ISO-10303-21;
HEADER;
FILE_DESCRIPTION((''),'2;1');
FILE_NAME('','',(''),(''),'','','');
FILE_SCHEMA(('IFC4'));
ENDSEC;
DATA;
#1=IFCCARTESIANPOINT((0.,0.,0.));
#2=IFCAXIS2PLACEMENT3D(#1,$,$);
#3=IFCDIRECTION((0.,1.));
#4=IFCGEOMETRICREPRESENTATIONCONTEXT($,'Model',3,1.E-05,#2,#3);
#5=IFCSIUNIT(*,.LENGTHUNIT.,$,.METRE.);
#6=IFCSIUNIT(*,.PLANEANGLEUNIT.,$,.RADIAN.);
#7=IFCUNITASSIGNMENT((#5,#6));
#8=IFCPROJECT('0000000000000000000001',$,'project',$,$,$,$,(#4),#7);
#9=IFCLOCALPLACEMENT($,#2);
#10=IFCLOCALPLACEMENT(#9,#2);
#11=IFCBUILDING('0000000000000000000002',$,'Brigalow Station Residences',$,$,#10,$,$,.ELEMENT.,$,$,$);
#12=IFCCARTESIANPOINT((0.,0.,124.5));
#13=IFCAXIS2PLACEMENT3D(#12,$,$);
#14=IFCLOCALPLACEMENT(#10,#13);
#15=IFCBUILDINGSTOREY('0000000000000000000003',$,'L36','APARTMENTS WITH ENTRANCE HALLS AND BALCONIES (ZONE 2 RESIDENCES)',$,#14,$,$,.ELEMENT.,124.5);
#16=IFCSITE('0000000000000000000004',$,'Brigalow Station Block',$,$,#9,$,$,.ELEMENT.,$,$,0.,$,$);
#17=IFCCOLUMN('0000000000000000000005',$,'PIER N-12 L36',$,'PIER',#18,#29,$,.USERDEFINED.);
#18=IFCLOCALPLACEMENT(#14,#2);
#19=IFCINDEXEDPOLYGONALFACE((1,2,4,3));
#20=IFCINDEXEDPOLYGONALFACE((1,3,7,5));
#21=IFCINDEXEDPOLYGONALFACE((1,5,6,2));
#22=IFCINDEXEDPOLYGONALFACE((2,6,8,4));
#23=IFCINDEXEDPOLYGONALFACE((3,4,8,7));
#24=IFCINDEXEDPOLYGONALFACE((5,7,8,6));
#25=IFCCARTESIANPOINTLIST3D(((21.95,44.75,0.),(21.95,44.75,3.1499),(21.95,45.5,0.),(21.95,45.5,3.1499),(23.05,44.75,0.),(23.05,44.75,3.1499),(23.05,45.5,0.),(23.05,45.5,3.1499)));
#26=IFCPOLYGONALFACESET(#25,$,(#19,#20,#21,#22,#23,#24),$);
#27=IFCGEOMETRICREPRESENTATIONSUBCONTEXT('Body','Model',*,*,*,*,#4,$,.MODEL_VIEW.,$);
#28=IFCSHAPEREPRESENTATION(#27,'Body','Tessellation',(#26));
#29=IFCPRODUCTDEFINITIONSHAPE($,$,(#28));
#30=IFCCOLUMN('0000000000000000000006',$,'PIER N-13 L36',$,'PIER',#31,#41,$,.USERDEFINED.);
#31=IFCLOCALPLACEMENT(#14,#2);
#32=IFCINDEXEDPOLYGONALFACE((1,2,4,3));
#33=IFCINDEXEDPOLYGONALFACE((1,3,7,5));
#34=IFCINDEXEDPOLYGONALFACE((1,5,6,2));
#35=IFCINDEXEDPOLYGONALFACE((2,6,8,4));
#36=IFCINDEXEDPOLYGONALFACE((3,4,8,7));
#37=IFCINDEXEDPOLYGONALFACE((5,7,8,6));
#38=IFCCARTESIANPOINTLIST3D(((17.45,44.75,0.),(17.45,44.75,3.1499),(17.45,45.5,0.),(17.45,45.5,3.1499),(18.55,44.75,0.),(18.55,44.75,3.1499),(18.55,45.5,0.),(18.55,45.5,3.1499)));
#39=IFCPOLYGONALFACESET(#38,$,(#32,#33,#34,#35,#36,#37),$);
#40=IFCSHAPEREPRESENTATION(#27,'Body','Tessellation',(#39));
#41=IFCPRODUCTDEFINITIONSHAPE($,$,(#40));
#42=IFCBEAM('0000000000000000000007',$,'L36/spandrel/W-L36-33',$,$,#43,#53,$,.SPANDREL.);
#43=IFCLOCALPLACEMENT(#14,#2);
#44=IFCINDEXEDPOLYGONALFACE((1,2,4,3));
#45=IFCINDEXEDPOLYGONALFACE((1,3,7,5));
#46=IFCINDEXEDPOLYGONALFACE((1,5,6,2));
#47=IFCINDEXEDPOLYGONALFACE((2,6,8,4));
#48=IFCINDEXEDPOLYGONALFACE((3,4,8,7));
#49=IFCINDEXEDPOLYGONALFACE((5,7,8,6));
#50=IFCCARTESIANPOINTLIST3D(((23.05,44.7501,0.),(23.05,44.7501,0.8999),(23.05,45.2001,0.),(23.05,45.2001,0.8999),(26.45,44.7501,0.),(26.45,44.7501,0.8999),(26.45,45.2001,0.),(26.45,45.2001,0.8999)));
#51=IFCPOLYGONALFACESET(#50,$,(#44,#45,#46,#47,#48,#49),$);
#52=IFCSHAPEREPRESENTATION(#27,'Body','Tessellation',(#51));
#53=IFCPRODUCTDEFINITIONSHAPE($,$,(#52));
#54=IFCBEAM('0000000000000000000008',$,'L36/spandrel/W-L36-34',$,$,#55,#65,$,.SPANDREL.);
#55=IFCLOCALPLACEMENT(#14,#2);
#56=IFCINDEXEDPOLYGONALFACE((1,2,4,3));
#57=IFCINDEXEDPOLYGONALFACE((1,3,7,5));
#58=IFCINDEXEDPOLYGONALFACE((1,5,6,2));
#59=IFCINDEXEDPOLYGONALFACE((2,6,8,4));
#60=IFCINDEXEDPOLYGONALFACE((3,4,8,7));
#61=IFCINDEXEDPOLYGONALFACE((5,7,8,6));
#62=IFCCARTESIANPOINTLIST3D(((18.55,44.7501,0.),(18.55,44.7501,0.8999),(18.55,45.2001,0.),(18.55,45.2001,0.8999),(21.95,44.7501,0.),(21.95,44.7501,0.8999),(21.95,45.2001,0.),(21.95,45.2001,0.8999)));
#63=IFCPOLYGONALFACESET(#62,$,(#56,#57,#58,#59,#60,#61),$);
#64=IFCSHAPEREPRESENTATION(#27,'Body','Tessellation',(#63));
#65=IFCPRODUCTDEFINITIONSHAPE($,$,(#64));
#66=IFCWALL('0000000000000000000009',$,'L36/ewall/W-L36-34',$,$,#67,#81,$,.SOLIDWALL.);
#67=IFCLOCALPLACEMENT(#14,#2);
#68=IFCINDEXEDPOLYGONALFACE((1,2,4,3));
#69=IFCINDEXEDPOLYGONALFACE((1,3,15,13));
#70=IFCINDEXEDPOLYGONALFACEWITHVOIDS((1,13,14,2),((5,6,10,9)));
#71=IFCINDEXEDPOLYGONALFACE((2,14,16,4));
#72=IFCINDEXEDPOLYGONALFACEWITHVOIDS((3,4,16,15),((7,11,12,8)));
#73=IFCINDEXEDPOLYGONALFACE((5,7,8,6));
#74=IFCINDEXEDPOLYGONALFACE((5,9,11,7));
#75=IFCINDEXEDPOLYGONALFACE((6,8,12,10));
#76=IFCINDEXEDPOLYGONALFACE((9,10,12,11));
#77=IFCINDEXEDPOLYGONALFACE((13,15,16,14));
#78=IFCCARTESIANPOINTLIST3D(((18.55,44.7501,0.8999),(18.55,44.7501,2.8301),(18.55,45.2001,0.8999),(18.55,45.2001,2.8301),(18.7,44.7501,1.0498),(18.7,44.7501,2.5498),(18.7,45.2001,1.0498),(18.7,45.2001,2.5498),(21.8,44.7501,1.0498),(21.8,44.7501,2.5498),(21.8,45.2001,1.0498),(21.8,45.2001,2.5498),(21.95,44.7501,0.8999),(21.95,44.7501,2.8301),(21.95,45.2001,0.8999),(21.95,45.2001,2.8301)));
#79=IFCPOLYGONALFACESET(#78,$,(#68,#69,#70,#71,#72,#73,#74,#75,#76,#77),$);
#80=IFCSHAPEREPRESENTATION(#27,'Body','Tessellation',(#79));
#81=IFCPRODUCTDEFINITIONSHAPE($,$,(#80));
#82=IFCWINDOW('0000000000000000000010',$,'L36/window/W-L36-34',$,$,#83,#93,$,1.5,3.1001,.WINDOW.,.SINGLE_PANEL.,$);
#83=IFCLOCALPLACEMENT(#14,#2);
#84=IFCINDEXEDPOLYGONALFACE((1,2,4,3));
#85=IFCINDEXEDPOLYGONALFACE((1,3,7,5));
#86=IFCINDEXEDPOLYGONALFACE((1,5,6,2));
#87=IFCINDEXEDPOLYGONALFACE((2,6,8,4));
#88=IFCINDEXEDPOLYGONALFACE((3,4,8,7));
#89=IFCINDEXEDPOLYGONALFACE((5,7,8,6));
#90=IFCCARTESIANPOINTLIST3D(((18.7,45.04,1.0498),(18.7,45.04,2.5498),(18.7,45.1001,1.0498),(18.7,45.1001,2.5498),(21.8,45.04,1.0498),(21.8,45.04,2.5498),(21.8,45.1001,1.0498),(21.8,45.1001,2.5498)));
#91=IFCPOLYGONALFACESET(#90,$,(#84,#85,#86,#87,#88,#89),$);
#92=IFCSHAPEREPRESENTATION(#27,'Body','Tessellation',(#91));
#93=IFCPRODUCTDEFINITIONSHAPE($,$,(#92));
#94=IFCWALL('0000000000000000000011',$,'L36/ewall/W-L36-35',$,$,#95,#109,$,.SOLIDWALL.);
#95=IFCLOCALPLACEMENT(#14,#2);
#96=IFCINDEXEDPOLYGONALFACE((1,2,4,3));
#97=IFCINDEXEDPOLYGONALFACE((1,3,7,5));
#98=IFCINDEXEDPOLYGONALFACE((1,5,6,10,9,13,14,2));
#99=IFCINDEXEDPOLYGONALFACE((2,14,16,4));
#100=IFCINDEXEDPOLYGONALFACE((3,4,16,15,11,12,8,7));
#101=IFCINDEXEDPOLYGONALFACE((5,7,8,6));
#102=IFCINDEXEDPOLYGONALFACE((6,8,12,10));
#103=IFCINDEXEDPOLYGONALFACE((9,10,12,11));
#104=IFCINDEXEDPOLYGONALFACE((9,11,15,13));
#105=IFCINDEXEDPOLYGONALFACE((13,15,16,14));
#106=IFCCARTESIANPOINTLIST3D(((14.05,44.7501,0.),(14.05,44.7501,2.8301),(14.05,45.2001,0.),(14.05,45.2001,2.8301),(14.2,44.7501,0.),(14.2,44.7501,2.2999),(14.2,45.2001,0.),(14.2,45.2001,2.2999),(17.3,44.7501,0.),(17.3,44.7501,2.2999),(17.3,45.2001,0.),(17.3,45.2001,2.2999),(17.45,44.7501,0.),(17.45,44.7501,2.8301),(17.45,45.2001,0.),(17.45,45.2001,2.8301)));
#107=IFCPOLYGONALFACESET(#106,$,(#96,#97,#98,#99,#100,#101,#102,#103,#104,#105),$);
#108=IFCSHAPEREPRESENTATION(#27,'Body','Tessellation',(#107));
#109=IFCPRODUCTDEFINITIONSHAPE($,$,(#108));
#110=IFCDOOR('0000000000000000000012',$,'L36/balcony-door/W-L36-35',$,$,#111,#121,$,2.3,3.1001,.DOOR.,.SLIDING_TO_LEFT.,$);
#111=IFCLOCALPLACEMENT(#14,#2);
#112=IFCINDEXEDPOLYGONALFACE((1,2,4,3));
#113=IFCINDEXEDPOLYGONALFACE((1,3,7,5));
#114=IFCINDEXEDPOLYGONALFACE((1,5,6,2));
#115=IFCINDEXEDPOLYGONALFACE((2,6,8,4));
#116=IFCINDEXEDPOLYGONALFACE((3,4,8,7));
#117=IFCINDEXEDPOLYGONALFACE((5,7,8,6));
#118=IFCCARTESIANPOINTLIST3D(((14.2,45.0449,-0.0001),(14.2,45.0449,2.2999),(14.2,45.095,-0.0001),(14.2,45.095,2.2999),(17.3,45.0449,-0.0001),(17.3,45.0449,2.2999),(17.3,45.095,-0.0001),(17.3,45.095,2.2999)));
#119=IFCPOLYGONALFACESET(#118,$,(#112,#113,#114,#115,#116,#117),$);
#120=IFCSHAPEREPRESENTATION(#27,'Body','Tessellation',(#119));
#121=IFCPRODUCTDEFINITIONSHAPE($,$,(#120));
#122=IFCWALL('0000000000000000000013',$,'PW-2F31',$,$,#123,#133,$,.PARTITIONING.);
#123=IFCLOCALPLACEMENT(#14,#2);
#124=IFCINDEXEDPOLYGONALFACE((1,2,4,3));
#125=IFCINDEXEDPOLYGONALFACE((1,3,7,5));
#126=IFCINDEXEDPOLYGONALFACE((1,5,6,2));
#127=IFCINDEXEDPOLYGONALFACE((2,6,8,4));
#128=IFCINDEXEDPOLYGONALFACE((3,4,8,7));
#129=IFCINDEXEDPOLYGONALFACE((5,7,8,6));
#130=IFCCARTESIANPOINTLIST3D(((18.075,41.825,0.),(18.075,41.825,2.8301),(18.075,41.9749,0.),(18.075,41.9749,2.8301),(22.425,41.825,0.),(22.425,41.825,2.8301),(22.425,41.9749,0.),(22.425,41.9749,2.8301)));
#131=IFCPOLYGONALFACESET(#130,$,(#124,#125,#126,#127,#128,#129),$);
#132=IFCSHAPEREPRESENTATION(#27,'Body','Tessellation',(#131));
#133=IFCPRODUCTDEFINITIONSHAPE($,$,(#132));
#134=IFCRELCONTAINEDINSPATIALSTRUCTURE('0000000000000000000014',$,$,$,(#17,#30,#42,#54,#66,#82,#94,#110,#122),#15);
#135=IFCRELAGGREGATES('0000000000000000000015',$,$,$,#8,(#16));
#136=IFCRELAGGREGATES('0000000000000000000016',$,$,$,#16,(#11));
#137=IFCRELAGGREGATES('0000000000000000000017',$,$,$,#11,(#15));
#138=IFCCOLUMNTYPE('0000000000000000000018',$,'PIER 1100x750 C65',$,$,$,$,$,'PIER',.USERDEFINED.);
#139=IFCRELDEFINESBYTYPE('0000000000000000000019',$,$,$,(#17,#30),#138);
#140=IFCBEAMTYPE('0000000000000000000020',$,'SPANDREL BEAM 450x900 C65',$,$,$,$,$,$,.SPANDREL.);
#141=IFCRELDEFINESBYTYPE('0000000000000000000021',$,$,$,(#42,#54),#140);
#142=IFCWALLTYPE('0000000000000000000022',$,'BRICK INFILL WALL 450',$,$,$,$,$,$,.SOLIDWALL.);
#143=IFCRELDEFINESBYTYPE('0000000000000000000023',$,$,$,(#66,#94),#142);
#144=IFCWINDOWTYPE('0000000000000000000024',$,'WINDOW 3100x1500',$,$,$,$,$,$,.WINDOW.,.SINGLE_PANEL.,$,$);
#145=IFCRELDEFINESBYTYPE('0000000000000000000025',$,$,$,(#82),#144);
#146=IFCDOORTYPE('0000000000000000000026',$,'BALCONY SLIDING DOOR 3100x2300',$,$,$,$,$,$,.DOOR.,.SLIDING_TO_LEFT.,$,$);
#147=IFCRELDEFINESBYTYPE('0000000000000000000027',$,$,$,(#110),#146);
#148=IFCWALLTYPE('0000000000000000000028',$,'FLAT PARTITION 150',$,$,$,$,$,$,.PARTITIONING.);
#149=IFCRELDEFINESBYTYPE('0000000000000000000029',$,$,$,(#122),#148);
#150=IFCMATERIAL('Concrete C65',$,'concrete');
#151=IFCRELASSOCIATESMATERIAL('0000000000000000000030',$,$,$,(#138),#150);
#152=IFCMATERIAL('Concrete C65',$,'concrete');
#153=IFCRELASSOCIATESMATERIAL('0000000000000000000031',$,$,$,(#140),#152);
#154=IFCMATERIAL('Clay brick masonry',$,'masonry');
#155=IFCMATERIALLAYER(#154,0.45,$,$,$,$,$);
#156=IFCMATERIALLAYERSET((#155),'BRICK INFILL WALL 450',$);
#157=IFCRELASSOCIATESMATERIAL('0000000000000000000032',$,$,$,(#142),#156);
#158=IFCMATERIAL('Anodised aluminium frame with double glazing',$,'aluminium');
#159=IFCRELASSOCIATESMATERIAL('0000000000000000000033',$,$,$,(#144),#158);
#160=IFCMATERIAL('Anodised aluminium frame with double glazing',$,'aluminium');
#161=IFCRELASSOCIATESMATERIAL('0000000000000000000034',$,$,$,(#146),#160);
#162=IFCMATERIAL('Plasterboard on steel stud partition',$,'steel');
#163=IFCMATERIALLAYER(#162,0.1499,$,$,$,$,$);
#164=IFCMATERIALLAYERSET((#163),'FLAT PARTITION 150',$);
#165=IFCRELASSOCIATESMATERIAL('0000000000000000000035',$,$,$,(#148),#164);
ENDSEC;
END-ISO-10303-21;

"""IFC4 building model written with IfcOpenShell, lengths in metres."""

from ifc_helpers import new_model, si_unit, direction, frame, frame_2d, origin, origin_2d, place, context, subcontext, project, spatial, rectangle, extrude, material, layer, layer_set, material_profile, profile_set, type_object, element, fill, save


model = new_model("IFC4")

# Units and contexts
model_context = context("Model", 3, precision=1e-05, world=origin(), true_north=direction((0.0, 1.0)))
body_context = subcontext(model_context, "Body", "Model", "MODEL_VIEW")
ifc_project = project(units=[si_unit("LENGTHUNIT", "METRE"), si_unit("PLANEANGLEUNIT", "RADIAN")], contexts=[model_context])

# Site, building, storey
site_placement = place(None, origin())
site = spatial("IfcSite", under=ifc_project, at=site_placement, Name="Brigalow Station Block", CompositionType="ELEMENT", RefElevation=0.0)
building_placement = place(site_placement, origin())
building = spatial("IfcBuilding", under=site, at=building_placement, Name="Brigalow Station Residences", CompositionType="ELEMENT")
storey_placement = place(building_placement, frame((0.0, 0.0, 124.5)))
storey = spatial("IfcBuildingStorey", under=building, at=storey_placement, Name="L36", Description="APARTMENTS WITH ENTRANCE HALLS AND BALCONIES (ZONE 2 RESIDENCES)", CompositionType="ELEMENT", Elevation=124.5)

# Columns
ifc_material_1 = material(Name="Concrete C65", Category="concrete")
ifc_material_profile_1 = material_profile(ifc_material_1, rectangle(XDim=1.1001, YDim=0.75, at=origin_2d()), Name="RC1100x750")
ifc_profile_set_1 = profile_set([ifc_material_profile_1], Name="Concrete C65")
column_type = type_object("IfcColumnType", Name="PIER 1100x750 C65", ElementType="PIER", PredefinedType="USERDEFINED", material=ifc_profile_set_1)
for number, where, z_axis, x_axis, name in (
    (1, (22.5, 45.125, 0.0), (0.0, 0.0, 1.0), (-1.0, 0.0, 0.0), "PIER N-12 L36"),
    (2, (18.0, 45.125, 0.0), (0.0, 0.0, 1.0), (-1.0, 0.0, 0.0), "PIER N-13 L36"),
):
    element("IfcColumn", number, at=place(storey_placement, frame(where, z_axis=z_axis, x_axis=x_axis)), inside=storey, type_object=column_type, Name=name, ObjectType="PIER", PredefinedType="USERDEFINED", context=body_context, shape_type="SweptSolid", body=[
        extrude(rectangle(XDim=1.1001, YDim=0.75, at=origin_2d()), origin(), (0.0, 0.0, 1.0), 3.1499),
    ])

# Beams
ifc_material_2 = material(Name="Concrete C65", Category="concrete")
ifc_material_profile_2 = material_profile(ifc_material_2, rectangle(XDim=0.45, YDim=0.8999, at=origin_2d()), Name="RC450x900")
ifc_profile_set_2 = profile_set([ifc_material_profile_2], Name="Concrete C65")
beam_type = type_object("IfcBeamType", Name="SPANDREL BEAM 450x900 C65", PredefinedType="SPANDREL", material=ifc_profile_set_2)
for number, where, z_axis, x_axis, name in (
    (3, (26.45, 44.9751, 0.45), (-1.0, 0.0, 0.0), (0.0, -1.0, 0.0), "L36/spandrel/W-L36-33"),
    (4, (21.95, 44.9751, 0.45), (-1.0, 0.0, 0.0), (0.0, -1.0, 0.0), "L36/spandrel/W-L36-34"),
):
    element("IfcBeam", number, at=place(storey_placement, frame(where, z_axis=z_axis, x_axis=x_axis)), inside=storey, type_object=beam_type, Name=name, PredefinedType="SPANDREL", context=body_context, shape_type="SweptSolid", body=[
        extrude(rectangle(XDim=0.45, YDim=0.8999, at=origin_2d()), origin(), (0.0, 0.0, 1.0), 3.3999),
    ])

# Wall, opening, window
ifc_material_3 = material(Name="Clay brick masonry", Category="masonry")
ifc_layer_1 = layer(ifc_material_3, 0.45)
ifc_layer_set_1 = layer_set([ifc_layer_1], Name="BRICK INFILL WALL 450")
wall_type_1 = type_object("IfcWallType", Name="BRICK INFILL WALL 450", PredefinedType="SOLIDWALL", material=ifc_layer_set_1)
wall_1_placement = place(storey_placement, frame((21.95, 44.9751, 0.8999), z_axis=(0.0, 0.0, 1.0), x_axis=(-1.0, 0.0, 0.0)))
wall_1 = element("IfcWall", 5, at=wall_1_placement, inside=storey, type_object=wall_type_1, Name="L36/ewall/W-L36-34", PredefinedType="SOLIDWALL", context=body_context, shape_type="SweptSolid", body=[
    extrude(rectangle(XDim=3.3999, YDim=0.45, at=frame_2d((1.7, 0.0))), origin(), (0.0, 0.0, 1.0), 1.9302),
])
opening_1_placement = place(wall_1_placement, frame((0.1499, 0.0, 0.1499)))
opening_1 = element("IfcOpeningElement", 6, at=opening_1_placement, cuts=wall_1, PredefinedType="OPENING", context=body_context, shape_type="SweptSolid", body=[
    extrude(rectangle(XDim=3.1001, YDim=1.5, at=frame_2d((1.55, 0.75))), frame((0.0, 0.2349, 0.0), z_axis=(0.0, -1.0, 0.0), x_axis=(1.0, 0.0, 0.0)), (0.0, 0.0, 1.0), 0.47),
])
ifc_material_4 = material(Name="Anodised aluminium frame with double glazing", Category="aluminium")
window_type = type_object("IfcWindowType", Name="WINDOW 3100x1500", PartitioningType="SINGLE_PANEL", PredefinedType="WINDOW", material=ifc_material_4)
window_placement = place(opening_1_placement, origin())
window = element("IfcWindow", 7, at=window_placement, inside=storey, type_object=window_type, Name="L36/window/W-L36-34", OverallHeight=1.5, OverallWidth=3.1001, PartitioningType="SINGLE_PANEL", PredefinedType="WINDOW", context=body_context, shape_type="SweptSolid", body=[
    extrude(rectangle(XDim=3.1001, YDim=1.5, at=frame_2d((1.55, 0.75))), frame((0.0, -0.0649, 0.0), z_axis=(0.0, -1.0, 0.0), x_axis=(1.0, 0.0, 0.0)), (0.0, 0.0, 1.0), 0.0601),
])
fill(opening_1, window)

# Wall, opening, door
wall_2_placement = place(storey_placement, frame((17.45, 44.9751, 0.0), z_axis=(0.0, 0.0, 1.0), x_axis=(-1.0, 0.0, 0.0)))
wall_2 = element("IfcWall", 8, at=wall_2_placement, inside=storey, type_object=wall_type_1, Name="L36/ewall/W-L36-35", PredefinedType="SOLIDWALL", context=body_context, shape_type="SweptSolid", body=[
    extrude(rectangle(XDim=3.3999, YDim=0.45, at=frame_2d((1.7, 0.0))), origin(), (0.0, 0.0, 1.0), 2.8301),
])
opening_2_placement = place(wall_2_placement, frame((0.1499, 0.0, 0.0)))
opening_2 = element("IfcOpeningElement", 9, at=opening_2_placement, cuts=wall_2, PredefinedType="OPENING", context=body_context, shape_type="SweptSolid", body=[
    extrude(rectangle(XDim=3.1001, YDim=2.3, at=frame_2d((1.55, 1.1499))), frame((0.0, 0.2349, 0.0), z_axis=(0.0, -1.0, 0.0), x_axis=(1.0, 0.0, 0.0)), (0.0, 0.0, 1.0), 0.47),
])
ifc_material_5 = material(Name="Anodised aluminium frame with double glazing", Category="aluminium")
door_type_1 = type_object("IfcDoorType", Name="BALCONY SLIDING DOOR 3100x2300", OperationType="SLIDING_TO_LEFT", PredefinedType="DOOR", material=ifc_material_5)
door_1_placement = place(opening_2_placement, origin())
door_1 = element("IfcDoor", 10, at=door_1_placement, inside=storey, type_object=door_type_1, Name="L36/balcony-door/W-L36-35", OperationType="SLIDING_TO_LEFT", OverallHeight=2.3, OverallWidth=3.1001, PredefinedType="DOOR", context=body_context, shape_type="SweptSolid", body=[
    extrude(rectangle(XDim=3.1001, YDim=2.3, at=frame_2d((1.55, 1.1499))), frame((0.0, -0.0698, 0.0), z_axis=(0.0, -1.0, 0.0), x_axis=(1.0, 0.0, 0.0)), (0.0, 0.0, 1.0), 0.05),
])
fill(opening_2, door_1)

# Wall
ifc_material_6 = material(Name="Plasterboard on steel stud partition", Category="steel")
ifc_layer_2 = layer(ifc_material_6, 0.1499)
ifc_layer_set_2 = layer_set([ifc_layer_2], Name="FLAT PARTITION 150")
wall_type_2 = type_object("IfcWallType", Name="FLAT PARTITION 150", PredefinedType="PARTITIONING", material=ifc_layer_set_2)
wall_3_placement = place(storey_placement, frame((18.075, 41.8999, 0.0), z_axis=(0.0, 0.0, 1.0), x_axis=(1.0, 0.0, 0.0)))
element("IfcWall", 11, at=wall_3_placement, inside=storey, type_object=wall_type_2, Name="PW-2F31", PredefinedType="PARTITIONING", context=body_context, shape_type="SweptSolid", body=[
    extrude(rectangle(XDim=4.3501, YDim=0.1499, at=frame_2d((2.175, 0.0))), origin(), (0.0, 0.0, 1.0), 2.8301),
])

save(model, "model.ifc")
